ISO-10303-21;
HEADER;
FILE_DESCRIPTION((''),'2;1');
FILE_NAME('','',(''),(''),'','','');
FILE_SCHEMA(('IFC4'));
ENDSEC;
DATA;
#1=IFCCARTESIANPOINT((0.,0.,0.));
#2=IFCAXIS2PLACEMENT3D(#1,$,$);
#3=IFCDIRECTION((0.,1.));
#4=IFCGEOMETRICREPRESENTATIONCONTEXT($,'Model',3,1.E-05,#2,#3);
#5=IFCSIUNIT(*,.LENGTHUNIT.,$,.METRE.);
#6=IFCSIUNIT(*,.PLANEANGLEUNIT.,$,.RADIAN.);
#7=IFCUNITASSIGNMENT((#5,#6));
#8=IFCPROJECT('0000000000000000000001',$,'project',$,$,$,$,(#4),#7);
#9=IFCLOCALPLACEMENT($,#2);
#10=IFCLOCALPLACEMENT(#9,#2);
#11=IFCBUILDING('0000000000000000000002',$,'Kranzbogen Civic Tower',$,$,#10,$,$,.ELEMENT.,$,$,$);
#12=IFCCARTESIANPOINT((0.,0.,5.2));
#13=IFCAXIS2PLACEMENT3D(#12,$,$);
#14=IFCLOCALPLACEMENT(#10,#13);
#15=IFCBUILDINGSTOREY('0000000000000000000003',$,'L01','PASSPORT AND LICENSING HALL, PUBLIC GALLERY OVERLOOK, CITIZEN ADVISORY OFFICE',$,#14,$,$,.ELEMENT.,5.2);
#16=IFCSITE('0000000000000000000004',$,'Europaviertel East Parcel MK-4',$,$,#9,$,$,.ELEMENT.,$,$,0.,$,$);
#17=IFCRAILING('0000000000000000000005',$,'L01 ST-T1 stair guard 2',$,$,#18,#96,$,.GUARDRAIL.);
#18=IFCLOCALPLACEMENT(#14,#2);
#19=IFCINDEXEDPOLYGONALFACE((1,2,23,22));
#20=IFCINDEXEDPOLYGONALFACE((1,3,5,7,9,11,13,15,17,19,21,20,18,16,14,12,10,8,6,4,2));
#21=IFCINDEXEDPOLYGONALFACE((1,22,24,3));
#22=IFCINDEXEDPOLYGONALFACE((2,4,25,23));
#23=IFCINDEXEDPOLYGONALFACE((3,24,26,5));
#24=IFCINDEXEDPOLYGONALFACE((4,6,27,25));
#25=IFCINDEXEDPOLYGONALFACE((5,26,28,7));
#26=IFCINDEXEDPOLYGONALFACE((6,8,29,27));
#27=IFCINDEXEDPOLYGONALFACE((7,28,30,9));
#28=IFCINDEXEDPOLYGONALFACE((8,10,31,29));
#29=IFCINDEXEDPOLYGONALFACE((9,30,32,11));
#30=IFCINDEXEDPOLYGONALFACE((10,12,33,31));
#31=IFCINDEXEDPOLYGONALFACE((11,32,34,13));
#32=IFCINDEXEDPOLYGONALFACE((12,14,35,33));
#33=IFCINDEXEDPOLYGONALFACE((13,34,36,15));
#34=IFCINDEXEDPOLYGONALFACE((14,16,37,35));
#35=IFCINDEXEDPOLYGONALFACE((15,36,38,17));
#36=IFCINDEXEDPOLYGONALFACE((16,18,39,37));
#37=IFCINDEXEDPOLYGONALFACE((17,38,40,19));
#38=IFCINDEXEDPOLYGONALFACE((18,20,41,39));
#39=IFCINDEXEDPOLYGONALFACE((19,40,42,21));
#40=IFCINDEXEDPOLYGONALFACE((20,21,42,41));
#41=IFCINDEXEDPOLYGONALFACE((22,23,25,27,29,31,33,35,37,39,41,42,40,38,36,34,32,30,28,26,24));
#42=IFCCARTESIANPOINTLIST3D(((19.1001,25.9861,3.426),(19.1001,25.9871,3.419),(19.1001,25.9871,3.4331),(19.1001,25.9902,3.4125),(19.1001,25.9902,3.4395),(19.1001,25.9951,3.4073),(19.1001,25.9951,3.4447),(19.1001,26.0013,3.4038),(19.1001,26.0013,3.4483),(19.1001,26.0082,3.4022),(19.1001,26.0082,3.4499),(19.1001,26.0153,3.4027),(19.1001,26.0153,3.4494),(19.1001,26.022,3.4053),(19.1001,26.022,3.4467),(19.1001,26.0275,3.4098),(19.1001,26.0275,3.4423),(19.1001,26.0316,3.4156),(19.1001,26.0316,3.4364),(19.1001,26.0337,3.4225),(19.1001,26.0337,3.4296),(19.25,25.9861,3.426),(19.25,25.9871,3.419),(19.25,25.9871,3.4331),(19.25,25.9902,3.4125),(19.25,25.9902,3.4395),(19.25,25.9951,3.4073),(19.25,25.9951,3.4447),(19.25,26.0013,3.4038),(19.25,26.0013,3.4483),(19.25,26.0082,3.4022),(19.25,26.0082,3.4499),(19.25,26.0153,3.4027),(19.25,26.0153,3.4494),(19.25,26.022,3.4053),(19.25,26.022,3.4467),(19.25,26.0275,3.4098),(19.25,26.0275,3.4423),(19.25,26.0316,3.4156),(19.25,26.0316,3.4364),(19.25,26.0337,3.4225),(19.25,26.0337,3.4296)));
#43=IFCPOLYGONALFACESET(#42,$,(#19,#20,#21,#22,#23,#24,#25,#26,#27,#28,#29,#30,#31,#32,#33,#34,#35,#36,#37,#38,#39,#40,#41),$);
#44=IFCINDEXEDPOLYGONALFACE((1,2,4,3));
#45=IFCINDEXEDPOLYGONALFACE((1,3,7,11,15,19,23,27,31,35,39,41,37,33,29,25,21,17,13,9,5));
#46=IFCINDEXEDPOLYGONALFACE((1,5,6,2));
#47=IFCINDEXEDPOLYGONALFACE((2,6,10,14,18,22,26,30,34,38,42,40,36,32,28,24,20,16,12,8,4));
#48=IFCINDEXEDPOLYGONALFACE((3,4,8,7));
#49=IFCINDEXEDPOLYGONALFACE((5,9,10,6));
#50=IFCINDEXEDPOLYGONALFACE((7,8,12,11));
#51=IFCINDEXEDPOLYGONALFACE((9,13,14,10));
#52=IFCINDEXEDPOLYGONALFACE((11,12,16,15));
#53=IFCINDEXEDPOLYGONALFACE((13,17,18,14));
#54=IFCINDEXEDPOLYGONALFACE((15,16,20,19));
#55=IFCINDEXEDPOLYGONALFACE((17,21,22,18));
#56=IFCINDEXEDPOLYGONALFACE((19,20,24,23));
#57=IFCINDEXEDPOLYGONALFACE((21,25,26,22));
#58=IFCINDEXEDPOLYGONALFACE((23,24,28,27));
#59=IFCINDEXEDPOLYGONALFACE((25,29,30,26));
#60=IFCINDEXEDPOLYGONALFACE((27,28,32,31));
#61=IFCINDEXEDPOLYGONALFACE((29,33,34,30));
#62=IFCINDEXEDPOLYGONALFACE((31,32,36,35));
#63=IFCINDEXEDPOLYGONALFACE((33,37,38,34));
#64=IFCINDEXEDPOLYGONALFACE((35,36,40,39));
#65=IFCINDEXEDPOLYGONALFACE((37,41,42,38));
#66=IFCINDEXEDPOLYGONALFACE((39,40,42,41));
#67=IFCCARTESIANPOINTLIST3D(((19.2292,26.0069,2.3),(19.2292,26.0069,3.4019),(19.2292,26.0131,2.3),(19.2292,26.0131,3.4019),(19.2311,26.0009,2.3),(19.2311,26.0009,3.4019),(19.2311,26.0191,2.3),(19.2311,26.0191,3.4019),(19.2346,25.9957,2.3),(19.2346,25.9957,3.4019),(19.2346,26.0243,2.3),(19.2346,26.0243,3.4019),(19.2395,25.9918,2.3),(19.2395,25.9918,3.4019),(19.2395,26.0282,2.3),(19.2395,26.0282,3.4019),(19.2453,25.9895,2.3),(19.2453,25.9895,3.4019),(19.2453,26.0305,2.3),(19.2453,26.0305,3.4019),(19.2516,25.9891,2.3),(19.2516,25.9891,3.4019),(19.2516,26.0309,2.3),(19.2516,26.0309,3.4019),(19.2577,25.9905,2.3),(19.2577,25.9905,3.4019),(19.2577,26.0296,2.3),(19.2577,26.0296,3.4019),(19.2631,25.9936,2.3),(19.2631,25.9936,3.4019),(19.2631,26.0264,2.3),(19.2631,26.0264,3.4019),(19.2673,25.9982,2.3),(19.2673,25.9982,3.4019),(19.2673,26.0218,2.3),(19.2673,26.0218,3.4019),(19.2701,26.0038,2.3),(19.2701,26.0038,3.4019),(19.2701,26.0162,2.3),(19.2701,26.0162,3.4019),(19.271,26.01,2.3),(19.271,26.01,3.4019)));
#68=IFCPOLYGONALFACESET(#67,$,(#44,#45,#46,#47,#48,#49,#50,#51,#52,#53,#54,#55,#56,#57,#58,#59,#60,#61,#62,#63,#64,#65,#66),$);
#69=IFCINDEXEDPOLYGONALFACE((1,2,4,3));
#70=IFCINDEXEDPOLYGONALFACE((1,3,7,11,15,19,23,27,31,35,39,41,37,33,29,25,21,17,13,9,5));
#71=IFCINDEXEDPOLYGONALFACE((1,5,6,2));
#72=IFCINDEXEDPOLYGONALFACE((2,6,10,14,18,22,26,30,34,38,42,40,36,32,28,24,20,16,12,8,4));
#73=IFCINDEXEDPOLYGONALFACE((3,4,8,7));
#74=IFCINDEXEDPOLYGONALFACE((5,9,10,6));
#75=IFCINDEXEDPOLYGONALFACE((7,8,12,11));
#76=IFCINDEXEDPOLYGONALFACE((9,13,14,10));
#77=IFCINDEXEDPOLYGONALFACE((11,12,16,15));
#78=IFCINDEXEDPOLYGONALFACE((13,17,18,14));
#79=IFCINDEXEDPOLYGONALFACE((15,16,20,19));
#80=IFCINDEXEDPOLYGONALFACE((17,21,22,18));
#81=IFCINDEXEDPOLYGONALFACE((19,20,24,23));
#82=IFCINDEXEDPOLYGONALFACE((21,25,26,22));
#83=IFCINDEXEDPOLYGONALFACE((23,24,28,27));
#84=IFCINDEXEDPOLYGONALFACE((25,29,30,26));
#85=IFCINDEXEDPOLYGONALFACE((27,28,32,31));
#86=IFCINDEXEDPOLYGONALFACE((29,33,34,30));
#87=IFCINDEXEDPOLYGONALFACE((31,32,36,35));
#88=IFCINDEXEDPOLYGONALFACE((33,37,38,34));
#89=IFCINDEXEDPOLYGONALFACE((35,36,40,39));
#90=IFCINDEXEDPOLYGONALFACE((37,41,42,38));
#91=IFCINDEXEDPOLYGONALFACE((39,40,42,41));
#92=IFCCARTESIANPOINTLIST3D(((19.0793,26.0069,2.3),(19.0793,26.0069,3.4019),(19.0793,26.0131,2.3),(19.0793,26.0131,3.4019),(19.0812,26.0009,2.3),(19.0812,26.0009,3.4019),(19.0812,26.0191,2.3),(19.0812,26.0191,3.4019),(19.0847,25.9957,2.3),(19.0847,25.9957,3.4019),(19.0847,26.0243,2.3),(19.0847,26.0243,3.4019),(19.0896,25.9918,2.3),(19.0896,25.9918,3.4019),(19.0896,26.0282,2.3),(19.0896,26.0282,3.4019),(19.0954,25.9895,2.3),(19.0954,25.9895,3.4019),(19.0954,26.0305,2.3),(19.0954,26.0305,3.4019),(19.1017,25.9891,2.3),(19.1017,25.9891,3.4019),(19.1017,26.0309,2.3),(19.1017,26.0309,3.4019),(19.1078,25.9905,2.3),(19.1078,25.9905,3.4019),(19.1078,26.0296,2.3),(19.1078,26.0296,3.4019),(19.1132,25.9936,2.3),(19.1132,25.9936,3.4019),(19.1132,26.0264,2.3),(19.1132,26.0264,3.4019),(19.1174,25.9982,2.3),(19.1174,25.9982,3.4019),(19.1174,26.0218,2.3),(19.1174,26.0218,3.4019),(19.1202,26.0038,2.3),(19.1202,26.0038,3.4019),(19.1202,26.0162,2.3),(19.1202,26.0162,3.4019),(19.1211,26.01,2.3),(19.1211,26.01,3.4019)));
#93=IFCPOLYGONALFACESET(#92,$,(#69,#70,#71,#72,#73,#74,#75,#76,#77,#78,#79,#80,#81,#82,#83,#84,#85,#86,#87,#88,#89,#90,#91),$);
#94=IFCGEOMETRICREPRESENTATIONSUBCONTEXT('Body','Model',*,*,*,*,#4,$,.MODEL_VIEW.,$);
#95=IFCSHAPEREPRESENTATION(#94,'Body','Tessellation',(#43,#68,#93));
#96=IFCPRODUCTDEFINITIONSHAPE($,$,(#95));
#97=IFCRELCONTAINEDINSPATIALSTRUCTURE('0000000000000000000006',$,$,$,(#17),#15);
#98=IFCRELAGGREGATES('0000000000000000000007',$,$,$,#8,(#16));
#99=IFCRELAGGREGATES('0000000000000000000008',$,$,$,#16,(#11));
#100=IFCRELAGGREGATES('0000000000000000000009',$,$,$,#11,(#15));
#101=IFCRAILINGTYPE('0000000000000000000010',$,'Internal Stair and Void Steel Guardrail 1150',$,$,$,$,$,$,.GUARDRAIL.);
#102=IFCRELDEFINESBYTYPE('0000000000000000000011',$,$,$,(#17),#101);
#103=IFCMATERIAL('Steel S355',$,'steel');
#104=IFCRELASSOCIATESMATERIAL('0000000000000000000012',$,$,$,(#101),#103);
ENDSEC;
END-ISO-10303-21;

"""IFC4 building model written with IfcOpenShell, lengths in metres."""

from ifc_helpers import new_model, si_unit, direction, frame, origin, origin_2d, place, context, subcontext, project, spatial, circle, extrude, material, type_object, element, save


model = new_model("IFC4")

# Units and contexts
model_context = context("Model", 3, precision=1e-05, world=origin(), true_north=direction((0.0, 1.0)))
body_context = subcontext(model_context, "Body", "Model", "MODEL_VIEW")
ifc_project = project(units=[si_unit("LENGTHUNIT", "METRE"), si_unit("PLANEANGLEUNIT", "RADIAN")], contexts=[model_context])

# Site, building, storey
site_placement = place(None, origin())
site = spatial("IfcSite", under=ifc_project, at=site_placement, Name="Europaviertel East Parcel MK-4", CompositionType="ELEMENT", RefElevation=0.0)
building_placement = place(site_placement, origin())
building = spatial("IfcBuilding", under=site, at=building_placement, Name="Kranzbogen Civic Tower", CompositionType="ELEMENT")
storey_placement = place(building_placement, frame((0.0, 0.0, 5.2)))
storey = spatial("IfcBuildingStorey", under=building, at=storey_placement, Name="L01", Description="PASSPORT AND LICENSING HALL, PUBLIC GALLERY OVERLOOK, CITIZEN ADVISORY OFFICE", CompositionType="ELEMENT", Elevation=5.2)

# Shared definitions
ifc_material_1 = material(Name="Steel S355", Category="steel")

# Railing
railing_type_1 = type_object("IfcRailingType", Name="Internal Stair and Void Steel Guardrail 1150", PredefinedType="GUARDRAIL", material=ifc_material_1)
railing_1_placement = place(storey_placement, frame((19.25, 26.01, 2.3)))
element("IfcRailing", 1, at=railing_1_placement, inside=storey, type_object=railing_type_1, Name="L01 ST-T1 stair guard 2", PredefinedType="GUARDRAIL", context=body_context, shape_type="SweptSolid", body=[
    extrude(circle(Radius=0.0239, at=origin_2d()), frame((0.0, 0.0, 1.126), z_axis=(-1.0, 0.0, 0.0), x_axis=(0.0, -1.0, 0.0)), (0.0, 0.0, 1.0), 0.1499),
    extrude(circle(Radius=0.021, at=origin_2d()), origin(), (0.0, 0.0, 1.0), 1.1018),
    extrude(circle(Radius=0.021, at=origin_2d()), frame((-0.1499, 0.0, 0.0)), (0.0, 0.0, 1.0), 1.1018),
])

save(model, "model.ifc")
